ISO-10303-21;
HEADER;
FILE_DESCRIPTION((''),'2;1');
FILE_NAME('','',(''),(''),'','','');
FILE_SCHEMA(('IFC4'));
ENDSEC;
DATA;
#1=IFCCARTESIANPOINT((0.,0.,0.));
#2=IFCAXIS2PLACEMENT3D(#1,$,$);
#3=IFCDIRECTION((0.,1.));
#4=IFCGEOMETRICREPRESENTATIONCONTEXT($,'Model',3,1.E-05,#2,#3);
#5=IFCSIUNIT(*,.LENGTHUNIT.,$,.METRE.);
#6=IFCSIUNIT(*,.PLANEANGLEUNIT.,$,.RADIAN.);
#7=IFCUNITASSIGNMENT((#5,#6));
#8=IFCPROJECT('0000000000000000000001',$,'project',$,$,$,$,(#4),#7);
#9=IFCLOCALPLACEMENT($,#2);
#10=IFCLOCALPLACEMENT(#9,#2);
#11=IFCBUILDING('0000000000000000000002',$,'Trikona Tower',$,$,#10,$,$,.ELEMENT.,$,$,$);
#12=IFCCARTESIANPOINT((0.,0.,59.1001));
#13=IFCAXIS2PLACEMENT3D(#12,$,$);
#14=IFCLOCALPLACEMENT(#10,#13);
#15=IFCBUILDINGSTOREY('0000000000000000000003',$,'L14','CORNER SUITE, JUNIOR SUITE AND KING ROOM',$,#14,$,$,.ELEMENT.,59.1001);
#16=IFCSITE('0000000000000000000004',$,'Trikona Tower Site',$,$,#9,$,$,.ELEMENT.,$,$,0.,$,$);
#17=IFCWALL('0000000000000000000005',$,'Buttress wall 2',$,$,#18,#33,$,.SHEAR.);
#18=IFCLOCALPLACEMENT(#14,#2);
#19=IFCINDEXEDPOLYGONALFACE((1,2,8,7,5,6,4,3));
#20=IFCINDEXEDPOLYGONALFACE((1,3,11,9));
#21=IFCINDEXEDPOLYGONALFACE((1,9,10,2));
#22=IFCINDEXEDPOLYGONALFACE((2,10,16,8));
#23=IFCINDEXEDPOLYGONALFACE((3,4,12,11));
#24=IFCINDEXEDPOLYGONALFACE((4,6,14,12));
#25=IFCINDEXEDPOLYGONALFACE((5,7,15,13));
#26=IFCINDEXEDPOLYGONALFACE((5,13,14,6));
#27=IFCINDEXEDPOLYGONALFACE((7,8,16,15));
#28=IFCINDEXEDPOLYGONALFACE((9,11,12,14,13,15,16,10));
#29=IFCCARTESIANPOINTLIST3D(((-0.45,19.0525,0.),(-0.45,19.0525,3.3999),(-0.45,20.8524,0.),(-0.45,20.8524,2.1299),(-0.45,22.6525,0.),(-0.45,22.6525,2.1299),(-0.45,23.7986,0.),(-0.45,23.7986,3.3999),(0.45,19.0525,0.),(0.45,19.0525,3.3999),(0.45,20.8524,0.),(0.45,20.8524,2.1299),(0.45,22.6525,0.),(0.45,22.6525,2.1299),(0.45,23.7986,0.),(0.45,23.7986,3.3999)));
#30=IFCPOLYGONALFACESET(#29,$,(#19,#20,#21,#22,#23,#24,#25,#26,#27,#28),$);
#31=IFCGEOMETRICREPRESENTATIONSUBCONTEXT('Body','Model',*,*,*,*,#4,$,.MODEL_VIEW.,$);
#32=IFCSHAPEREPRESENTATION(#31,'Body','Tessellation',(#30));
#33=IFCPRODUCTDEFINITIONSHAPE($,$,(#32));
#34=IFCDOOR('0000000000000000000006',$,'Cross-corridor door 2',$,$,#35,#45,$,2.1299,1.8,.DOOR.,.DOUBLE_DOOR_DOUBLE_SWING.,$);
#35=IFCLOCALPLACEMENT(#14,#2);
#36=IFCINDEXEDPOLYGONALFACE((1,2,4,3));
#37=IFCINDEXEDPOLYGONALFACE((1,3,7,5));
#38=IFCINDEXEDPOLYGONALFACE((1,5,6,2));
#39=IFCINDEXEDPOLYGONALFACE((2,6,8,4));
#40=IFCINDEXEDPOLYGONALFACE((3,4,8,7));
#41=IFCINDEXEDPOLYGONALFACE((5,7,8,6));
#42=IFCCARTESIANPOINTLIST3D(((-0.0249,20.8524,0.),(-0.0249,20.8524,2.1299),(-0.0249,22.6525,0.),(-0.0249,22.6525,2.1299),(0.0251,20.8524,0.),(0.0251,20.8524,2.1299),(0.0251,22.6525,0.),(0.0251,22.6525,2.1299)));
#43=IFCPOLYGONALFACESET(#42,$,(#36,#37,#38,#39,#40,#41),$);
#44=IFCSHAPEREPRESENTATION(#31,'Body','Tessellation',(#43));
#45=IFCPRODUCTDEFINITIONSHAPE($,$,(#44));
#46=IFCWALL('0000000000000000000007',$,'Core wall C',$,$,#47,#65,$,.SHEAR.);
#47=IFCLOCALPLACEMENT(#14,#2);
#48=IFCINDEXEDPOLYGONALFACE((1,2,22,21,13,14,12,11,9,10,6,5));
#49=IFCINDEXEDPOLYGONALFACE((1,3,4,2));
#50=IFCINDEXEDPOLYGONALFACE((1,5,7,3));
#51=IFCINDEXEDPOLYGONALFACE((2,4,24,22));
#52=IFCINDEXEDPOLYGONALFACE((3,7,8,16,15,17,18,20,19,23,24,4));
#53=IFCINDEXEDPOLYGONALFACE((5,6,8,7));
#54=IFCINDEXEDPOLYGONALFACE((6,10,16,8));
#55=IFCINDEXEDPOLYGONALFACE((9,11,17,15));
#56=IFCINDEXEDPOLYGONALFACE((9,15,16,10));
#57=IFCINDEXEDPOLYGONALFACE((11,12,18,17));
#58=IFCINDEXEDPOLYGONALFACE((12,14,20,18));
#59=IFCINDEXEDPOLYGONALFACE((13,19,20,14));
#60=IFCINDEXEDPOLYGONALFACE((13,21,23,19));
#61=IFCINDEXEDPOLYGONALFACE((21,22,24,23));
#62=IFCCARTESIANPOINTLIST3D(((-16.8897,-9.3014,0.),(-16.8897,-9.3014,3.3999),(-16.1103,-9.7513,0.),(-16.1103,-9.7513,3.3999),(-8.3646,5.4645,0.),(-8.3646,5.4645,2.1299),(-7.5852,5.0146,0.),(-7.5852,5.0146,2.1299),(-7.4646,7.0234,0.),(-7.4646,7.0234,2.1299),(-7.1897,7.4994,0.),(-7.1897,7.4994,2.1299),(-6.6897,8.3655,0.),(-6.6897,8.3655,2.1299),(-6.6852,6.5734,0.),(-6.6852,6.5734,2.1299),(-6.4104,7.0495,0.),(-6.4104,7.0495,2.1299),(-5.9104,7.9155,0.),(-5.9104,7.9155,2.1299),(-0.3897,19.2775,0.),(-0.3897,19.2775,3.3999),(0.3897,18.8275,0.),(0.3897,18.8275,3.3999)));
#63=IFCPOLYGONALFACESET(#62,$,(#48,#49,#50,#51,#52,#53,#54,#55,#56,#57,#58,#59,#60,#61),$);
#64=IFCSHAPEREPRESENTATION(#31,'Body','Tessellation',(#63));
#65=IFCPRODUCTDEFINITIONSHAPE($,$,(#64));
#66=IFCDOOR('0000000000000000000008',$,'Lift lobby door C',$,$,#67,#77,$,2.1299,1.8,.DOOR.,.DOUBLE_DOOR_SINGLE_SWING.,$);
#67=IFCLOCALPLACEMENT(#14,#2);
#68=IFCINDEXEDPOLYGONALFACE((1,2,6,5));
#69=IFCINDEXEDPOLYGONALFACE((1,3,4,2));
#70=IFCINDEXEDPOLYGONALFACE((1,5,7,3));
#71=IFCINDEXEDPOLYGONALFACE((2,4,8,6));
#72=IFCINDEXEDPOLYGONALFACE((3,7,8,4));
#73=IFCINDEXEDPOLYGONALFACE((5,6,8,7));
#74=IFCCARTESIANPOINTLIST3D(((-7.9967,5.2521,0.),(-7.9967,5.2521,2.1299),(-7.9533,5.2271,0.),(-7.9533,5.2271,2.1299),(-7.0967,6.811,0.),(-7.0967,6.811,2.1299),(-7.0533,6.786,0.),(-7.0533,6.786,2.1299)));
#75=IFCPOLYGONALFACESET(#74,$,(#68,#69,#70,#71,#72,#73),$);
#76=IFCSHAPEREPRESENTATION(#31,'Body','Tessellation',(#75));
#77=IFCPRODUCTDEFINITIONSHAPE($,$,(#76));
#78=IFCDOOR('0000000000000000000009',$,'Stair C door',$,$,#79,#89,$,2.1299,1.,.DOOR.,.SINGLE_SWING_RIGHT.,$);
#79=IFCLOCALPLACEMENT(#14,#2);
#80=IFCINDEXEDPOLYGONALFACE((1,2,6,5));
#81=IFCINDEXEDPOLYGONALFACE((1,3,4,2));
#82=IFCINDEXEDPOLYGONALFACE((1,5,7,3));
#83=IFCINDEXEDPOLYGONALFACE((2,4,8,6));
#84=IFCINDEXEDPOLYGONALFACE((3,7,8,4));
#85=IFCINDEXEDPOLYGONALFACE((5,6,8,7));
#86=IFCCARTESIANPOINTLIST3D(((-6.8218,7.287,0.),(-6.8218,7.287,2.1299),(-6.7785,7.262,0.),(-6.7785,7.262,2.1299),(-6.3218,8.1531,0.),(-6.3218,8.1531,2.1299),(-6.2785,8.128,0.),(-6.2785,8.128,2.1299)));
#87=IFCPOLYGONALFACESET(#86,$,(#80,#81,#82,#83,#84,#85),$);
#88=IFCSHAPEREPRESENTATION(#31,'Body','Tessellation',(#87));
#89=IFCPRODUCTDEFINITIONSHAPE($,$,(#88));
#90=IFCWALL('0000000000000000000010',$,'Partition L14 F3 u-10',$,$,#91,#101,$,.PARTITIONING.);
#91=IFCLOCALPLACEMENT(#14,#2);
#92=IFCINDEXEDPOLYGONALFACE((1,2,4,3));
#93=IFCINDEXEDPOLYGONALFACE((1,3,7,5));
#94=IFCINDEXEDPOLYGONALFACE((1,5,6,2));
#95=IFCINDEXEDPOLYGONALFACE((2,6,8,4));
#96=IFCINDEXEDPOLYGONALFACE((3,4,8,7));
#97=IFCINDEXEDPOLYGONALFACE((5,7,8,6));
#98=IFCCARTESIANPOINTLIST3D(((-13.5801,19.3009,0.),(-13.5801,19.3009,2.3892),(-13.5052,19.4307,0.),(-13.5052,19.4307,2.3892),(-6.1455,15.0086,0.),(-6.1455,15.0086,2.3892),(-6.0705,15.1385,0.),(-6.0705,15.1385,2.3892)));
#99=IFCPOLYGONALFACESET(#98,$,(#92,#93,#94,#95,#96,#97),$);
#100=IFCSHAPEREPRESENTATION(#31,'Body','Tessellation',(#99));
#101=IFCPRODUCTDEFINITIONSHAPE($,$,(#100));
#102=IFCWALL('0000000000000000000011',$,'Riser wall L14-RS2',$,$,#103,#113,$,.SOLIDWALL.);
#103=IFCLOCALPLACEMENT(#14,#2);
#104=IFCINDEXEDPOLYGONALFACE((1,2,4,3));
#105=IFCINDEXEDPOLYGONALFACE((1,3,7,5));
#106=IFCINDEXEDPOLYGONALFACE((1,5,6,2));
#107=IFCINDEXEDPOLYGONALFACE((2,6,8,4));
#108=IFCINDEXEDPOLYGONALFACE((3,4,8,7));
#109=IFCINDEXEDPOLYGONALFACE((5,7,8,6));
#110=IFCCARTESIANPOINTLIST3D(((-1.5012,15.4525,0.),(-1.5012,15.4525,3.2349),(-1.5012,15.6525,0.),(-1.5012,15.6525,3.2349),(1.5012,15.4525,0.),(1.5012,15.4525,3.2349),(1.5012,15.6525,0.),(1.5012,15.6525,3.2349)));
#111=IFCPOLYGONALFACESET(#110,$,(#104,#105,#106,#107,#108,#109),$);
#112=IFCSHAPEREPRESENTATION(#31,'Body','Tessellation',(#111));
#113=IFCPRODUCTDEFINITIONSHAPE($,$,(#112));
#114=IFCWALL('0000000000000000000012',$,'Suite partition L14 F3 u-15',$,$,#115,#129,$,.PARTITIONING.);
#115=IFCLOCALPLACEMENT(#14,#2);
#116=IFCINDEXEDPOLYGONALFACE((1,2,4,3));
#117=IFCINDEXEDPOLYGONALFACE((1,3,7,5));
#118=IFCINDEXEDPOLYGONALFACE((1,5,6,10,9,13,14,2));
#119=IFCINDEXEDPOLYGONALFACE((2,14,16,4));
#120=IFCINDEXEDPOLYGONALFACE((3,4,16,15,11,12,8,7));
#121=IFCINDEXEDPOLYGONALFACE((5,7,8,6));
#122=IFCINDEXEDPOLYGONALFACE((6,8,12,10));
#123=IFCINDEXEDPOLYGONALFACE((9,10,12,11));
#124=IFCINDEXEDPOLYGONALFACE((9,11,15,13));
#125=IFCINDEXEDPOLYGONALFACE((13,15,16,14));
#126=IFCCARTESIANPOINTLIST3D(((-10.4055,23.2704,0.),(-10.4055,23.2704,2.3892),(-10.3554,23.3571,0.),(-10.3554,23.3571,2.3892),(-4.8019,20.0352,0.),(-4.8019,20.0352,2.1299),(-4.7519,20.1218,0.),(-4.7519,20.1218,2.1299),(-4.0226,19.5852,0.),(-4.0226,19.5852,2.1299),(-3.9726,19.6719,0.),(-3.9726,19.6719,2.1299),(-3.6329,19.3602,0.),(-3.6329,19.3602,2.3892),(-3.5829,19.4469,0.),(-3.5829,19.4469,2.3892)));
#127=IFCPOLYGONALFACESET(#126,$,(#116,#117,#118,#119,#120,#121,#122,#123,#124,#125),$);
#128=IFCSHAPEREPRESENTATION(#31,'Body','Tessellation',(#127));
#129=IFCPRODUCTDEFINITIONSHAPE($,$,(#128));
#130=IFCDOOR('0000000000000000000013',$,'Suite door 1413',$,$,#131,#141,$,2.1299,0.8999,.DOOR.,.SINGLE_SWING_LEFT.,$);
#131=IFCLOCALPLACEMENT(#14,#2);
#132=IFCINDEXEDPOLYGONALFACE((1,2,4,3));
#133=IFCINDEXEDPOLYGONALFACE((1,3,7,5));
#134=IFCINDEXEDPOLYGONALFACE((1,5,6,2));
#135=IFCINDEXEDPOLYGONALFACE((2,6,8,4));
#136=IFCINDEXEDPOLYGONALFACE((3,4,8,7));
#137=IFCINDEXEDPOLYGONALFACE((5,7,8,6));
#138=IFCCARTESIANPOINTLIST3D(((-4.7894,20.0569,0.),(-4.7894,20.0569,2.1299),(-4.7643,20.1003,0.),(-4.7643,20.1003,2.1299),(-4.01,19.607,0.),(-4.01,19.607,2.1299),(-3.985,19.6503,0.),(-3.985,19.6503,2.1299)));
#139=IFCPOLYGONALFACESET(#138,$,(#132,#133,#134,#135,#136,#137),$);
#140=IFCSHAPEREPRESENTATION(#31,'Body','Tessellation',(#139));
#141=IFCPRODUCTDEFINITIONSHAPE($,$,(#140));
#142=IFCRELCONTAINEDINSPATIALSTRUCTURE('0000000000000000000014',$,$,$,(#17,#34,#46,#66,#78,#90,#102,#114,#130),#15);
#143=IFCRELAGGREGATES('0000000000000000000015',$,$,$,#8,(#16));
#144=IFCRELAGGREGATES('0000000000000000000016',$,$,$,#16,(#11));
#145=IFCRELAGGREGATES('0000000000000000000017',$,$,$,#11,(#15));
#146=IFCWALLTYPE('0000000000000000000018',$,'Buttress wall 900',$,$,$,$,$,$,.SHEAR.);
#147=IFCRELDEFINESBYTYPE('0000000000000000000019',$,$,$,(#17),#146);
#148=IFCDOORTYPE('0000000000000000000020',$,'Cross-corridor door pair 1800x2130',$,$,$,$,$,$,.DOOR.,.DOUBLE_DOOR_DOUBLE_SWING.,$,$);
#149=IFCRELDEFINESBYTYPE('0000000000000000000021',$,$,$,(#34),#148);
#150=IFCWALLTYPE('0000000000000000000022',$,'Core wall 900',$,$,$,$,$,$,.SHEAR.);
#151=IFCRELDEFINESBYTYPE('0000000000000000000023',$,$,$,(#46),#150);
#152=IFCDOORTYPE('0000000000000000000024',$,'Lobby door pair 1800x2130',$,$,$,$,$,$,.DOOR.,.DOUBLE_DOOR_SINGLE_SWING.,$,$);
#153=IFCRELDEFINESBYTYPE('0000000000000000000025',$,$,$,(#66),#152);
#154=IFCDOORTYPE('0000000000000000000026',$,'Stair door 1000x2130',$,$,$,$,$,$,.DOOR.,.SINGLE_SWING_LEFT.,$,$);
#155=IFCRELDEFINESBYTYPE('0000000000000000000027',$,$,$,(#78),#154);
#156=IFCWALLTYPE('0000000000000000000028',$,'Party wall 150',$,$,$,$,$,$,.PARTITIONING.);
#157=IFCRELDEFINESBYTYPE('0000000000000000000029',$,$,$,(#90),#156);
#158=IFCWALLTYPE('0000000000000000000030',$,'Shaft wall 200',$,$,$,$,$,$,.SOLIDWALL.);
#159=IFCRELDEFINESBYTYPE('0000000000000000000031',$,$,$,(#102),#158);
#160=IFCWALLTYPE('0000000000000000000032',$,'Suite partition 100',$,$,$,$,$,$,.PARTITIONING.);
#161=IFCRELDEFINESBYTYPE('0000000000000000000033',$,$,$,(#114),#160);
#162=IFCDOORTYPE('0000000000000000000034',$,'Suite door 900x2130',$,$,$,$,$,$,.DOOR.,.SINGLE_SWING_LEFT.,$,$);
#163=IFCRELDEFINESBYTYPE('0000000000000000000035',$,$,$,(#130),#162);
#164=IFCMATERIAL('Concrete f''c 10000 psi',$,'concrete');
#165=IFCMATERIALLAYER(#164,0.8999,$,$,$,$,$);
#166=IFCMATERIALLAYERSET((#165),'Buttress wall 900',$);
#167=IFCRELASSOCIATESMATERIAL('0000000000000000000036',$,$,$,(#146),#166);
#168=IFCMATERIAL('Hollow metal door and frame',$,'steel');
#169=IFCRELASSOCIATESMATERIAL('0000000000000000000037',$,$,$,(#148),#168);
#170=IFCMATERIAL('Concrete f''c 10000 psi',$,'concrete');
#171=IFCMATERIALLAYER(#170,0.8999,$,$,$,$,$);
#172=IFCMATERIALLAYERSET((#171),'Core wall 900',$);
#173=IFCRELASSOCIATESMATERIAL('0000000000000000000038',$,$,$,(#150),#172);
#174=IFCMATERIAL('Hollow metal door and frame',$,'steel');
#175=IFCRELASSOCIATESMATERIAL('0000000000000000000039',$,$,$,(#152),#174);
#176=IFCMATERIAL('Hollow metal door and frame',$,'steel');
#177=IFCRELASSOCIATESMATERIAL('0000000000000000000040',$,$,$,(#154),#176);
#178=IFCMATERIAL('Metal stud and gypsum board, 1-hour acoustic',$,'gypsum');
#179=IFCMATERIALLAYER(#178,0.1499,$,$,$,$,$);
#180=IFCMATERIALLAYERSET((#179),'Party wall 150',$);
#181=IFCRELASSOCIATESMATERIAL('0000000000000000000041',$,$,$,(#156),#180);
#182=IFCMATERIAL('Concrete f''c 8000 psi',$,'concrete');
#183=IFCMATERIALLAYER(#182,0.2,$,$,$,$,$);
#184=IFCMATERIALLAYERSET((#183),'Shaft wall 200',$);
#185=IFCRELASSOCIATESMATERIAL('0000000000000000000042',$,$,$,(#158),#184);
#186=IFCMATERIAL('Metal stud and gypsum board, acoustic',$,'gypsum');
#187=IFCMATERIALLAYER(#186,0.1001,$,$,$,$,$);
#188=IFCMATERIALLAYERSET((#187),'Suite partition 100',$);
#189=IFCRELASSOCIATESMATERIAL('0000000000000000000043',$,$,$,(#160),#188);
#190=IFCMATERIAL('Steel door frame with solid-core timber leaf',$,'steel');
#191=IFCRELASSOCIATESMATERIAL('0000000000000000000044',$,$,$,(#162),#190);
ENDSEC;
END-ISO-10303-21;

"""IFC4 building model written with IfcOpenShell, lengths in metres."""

from ifc_helpers import new_model, si_unit, direction, frame, frame_2d, origin, place, context, subcontext, project, spatial, rectangle, extrude, material, layer, layer_set, type_object, element, fill, save


model = new_model("IFC4")

# Units and contexts
model_context = context("Model", 3, precision=1e-05, world=origin(), true_north=direction((0.0, 1.0)))
body_context = subcontext(model_context, "Body", "Model", "MODEL_VIEW")
ifc_project = project(units=[si_unit("LENGTHUNIT", "METRE"), si_unit("PLANEANGLEUNIT", "RADIAN")], contexts=[model_context])

# Site, building, storey
site_placement = place(None, origin())
site = spatial("IfcSite", under=ifc_project, at=site_placement, Name="Trikona Tower Site", CompositionType="ELEMENT", RefElevation=0.0)
building_placement = place(site_placement, origin())
building = spatial("IfcBuilding", under=site, at=building_placement, Name="Trikona Tower", CompositionType="ELEMENT")
storey_placement = place(building_placement, frame((0.0, 0.0, 59.1001)))
storey = spatial("IfcBuildingStorey", under=building, at=storey_placement, Name="L14", Description="CORNER SUITE, JUNIOR SUITE AND KING ROOM", CompositionType="ELEMENT", Elevation=59.1001)

# Wall, opening, door
ifc_material_1 = material(Name="Concrete f'c 10000 psi", Category="concrete")
ifc_layer_1 = layer(ifc_material_1, 0.8999)
ifc_layer_set_1 = layer_set([ifc_layer_1], Name="Buttress wall 900")
wall_type_1 = type_object("IfcWallType", Name="Buttress wall 900", PredefinedType="SHEAR", material=ifc_layer_set_1)
wall_1_placement = place(storey_placement, frame((0.0, 19.0525, 0.0), z_axis=(0.0, 0.0, 1.0), x_axis=(0.0, 1.0, 0.0)))
wall_1 = element("IfcWall", 1, at=wall_1_placement, inside=storey, type_object=wall_type_1, Name="Buttress wall 2", PredefinedType="SHEAR", context=body_context, shape_type="SweptSolid", body=[
    extrude(rectangle(XDim=4.7461, YDim=0.8999, at=frame_2d((2.373, 0.0))), origin(), (0.0, 0.0, 1.0), 3.3999),
])
opening_1_placement = place(wall_1_placement, frame((1.8, 0.0, 0.0)))
opening_1 = element("IfcOpeningElement", 2, at=opening_1_placement, cuts=wall_1, PredefinedType="OPENING", context=body_context, shape_type="SweptSolid", body=[
    extrude(rectangle(XDim=1.8, YDim=2.1299, at=frame_2d((0.8999, 1.0649))), frame((0.0, 0.46, 0.0), z_axis=(0.0, -1.0, 0.0), x_axis=(1.0, 0.0, 0.0)), (0.0, 0.0, 1.0), 0.9199),
])
ifc_material_2 = material(Name="Hollow metal door and frame", Category="steel")
door_type_1 = type_object("IfcDoorType", Name="Cross-corridor door pair 1800x2130", OperationType="DOUBLE_DOOR_DOUBLE_SWING", PredefinedType="DOOR", material=ifc_material_2)
door_1_placement = place(opening_1_placement, origin())
door_1 = element("IfcDoor", 3, at=door_1_placement, inside=storey, type_object=door_type_1, Name="Cross-corridor door 2", OperationType="DOUBLE_DOOR_DOUBLE_SWING", OverallHeight=2.1299, OverallWidth=1.8, PredefinedType="DOOR", context=body_context, shape_type="SweptSolid", body=[
    extrude(rectangle(XDim=1.8, YDim=2.1299, at=frame_2d((0.8999, 1.0649))), frame((0.0, 0.0249, 0.0), z_axis=(0.0, -1.0, 0.0), x_axis=(1.0, 0.0, 0.0)), (0.0, 0.0, 1.0), 0.05),
])
fill(opening_1, door_1)

# Wall, openings, doors
ifc_material_3 = material(Name="Concrete f'c 10000 psi", Category="concrete")
ifc_layer_2 = layer(ifc_material_3, 0.8999)
ifc_layer_set_2 = layer_set([ifc_layer_2], Name="Core wall 900")
wall_type_2 = type_object("IfcWallType", Name="Core wall 900", PredefinedType="SHEAR", material=ifc_layer_set_2)
wall_2_placement = place(storey_placement, frame((0.0, 19.0525, 0.0), z_axis=(0.0, 0.0, 1.0), x_axis=(-0.5, -0.866026, 0.0)))
wall_2 = element("IfcWall", 4, at=wall_2_placement, inside=storey, type_object=wall_type_2, Name="Core wall C", PredefinedType="SHEAR", context=body_context, shape_type="SweptSolid", body=[
    extrude(rectangle(XDim=33.0, YDim=0.8999, at=frame_2d((16.5, 0.0))), origin(), (0.0, 0.0, 1.0), 3.3999),
])
opening_2_placement = place(wall_2_placement, frame((14.1499, 0.0, 0.0)))
opening_2 = element("IfcOpeningElement", 5, at=opening_2_placement, cuts=wall_2, PredefinedType="OPENING", context=body_context, shape_type="SweptSolid", body=[
    extrude(rectangle(XDim=1.8, YDim=2.1299, at=frame_2d((0.8999, 1.0649))), frame((0.0, 0.46, 0.0), z_axis=(0.0, -1.0, 0.0), x_axis=(1.0, 0.0, 0.0)), (0.0, 0.0, 1.0), 0.9199),
])
opening_3_placement = place(wall_2_placement, frame((12.6001, 0.0, 0.0)))
opening_3 = element("IfcOpeningElement", 6, at=opening_3_placement, cuts=wall_2, PredefinedType="OPENING", context=body_context, shape_type="SweptSolid", body=[
    extrude(rectangle(XDim=1.0, YDim=2.1299, at=frame_2d((0.5, 1.0649))), frame((0.0, 0.46, 0.0), z_axis=(0.0, -1.0, 0.0), x_axis=(1.0, 0.0, 0.0)), (0.0, 0.0, 1.0), 0.9199),
])
ifc_material_4 = material(Name="Hollow metal door and frame", Category="steel")
door_type_2 = type_object("IfcDoorType", Name="Lobby door pair 1800x2130", OperationType="DOUBLE_DOOR_SINGLE_SWING", PredefinedType="DOOR", material=ifc_material_4)
door_2_placement = place(opening_2_placement, origin())
door_2 = element("IfcDoor", 7, at=door_2_placement, inside=storey, type_object=door_type_2, Name="Lift lobby door C", OperationType="DOUBLE_DOOR_SINGLE_SWING", OverallHeight=2.1299, OverallWidth=1.8, PredefinedType="DOOR", context=body_context, shape_type="SweptSolid", body=[
    extrude(rectangle(XDim=1.8, YDim=2.1299, at=frame_2d((0.8999, 1.0649))), frame((0.0, 0.0249, 0.0), z_axis=(0.0, -1.0, 0.0), x_axis=(1.0, 0.0, 0.0)), (0.0, 0.0, 1.0), 0.05),
])
fill(opening_2, door_2)
ifc_material_5 = material(Name="Hollow metal door and frame", Category="steel")
door_type_3 = type_object("IfcDoorType", Name="Stair door 1000x2130", OperationType="SINGLE_SWING_LEFT", PredefinedType="DOOR", material=ifc_material_5)
door_3_placement = place(opening_3_placement, origin())
door_3 = element("IfcDoor", 8, at=door_3_placement, inside=storey, type_object=door_type_3, Name="Stair C door", OperationType="SINGLE_SWING_RIGHT", OverallHeight=2.1299, OverallWidth=1.0, PredefinedType="DOOR", context=body_context, shape_type="SweptSolid", body=[
    extrude(rectangle(XDim=1.0, YDim=2.1299, at=frame_2d((0.5, 1.0649))), frame((0.0, 0.0249, 0.0), z_axis=(0.0, -1.0, 0.0), x_axis=(1.0, 0.0, 0.0)), (0.0, 0.0, 1.0), 0.05),
])
fill(opening_3, door_3)

# Walls
ifc_material_6 = material(Name="Metal stud and gypsum board, 1-hour acoustic", Category="gypsum")
ifc_layer_3 = layer(ifc_material_6, 0.1499)
ifc_layer_set_3 = layer_set([ifc_layer_3], Name="Party wall 150")
wall_type_3 = type_object("IfcWallType", Name="Party wall 150", PredefinedType="PARTITIONING", material=ifc_layer_set_3)
wall_3_placement = place(storey_placement, frame((-6.1079, 15.0735, 0.0), z_axis=(0.0, 0.0, 1.0), x_axis=(-0.866031, 0.49999, 0.0)))
element("IfcWall", 9, at=wall_3_placement, inside=storey, type_object=wall_type_3, Name="Partition L14 F3 u-10", PredefinedType="PARTITIONING", context=body_context, shape_type="SweptSolid", body=[
    extrude(rectangle(XDim=8.5847, YDim=0.1499, at=frame_2d((4.2925, 0.0))), origin(), (0.0, 0.0, 1.0), 2.3892),
])
ifc_material_7 = material(Name="Concrete f'c 8000 psi", Category="concrete")
ifc_layer_4 = layer(ifc_material_7, 0.2)
ifc_layer_set_4 = layer_set([ifc_layer_4], Name="Shaft wall 200")
wall_type_4 = type_object("IfcWallType", Name="Shaft wall 200", PredefinedType="SOLIDWALL", material=ifc_layer_set_4)
wall_4_placement = place(storey_placement, frame((-1.5012, 15.5525, 0.0), z_axis=(0.0, 0.0, 1.0), x_axis=(1.0, 0.0, 0.0)))
element("IfcWall", 10, at=wall_4_placement, inside=storey, type_object=wall_type_4, Name="Riser wall L14-RS2", PredefinedType="SOLIDWALL", context=body_context, shape_type="SweptSolid", body=[
    extrude(rectangle(XDim=3.0024, YDim=0.2, at=frame_2d((1.5012, 0.0))), origin(), (0.0, 0.0, 1.0), 3.2349),
])

# Wall, opening, door
ifc_material_8 = material(Name="Metal stud and gypsum board, acoustic", Category="gypsum")
ifc_layer_5 = layer(ifc_material_8, 0.1001)
ifc_layer_set_5 = layer_set([ifc_layer_5], Name="Suite partition 100")
wall_type_5 = type_object("IfcWallType", Name="Suite partition 100", PredefinedType="PARTITIONING", material=ifc_layer_set_5)
wall_5_placement = place(storey_placement, frame((-3.6079, 19.4036, 0.0), z_axis=(0.0, 0.0, 1.0), x_axis=(-0.866021, 0.500007, 0.0)))
wall_5 = element("IfcWall", 11, at=wall_5_placement, inside=storey, type_object=wall_type_5, Name="Suite partition L14 F3 u-15", PredefinedType="PARTITIONING", context=body_context, shape_type="SweptSolid", body=[
    extrude(rectangle(XDim=7.8203, YDim=0.1001, at=frame_2d((3.9102, 0.0))), origin(), (0.0, 0.0, 1.0), 2.3892),
])
opening_4_placement = place(wall_5_placement, frame((0.45, 0.0, 0.0)))
opening_4 = element("IfcOpeningElement", 12, at=opening_4_placement, cuts=wall_5, PredefinedType="OPENING", context=body_context, shape_type="SweptSolid", body=[
    extrude(rectangle(XDim=0.8999, YDim=2.1299, at=frame_2d((0.45, 1.0649))), frame((0.0, 0.0601, 0.0), z_axis=(0.0, -1.0, 0.0), x_axis=(1.0, 0.0, 0.0)), (0.0, 0.0, 1.0), 0.1201),
])
ifc_material_9 = material(Name="Steel door frame with solid-core timber leaf", Category="steel")
door_type_4 = type_object("IfcDoorType", Name="Suite door 900x2130", OperationType="SINGLE_SWING_LEFT", PredefinedType="DOOR", material=ifc_material_9)
door_4_placement = place(opening_4_placement, origin())
door_4 = element("IfcDoor", 13, at=door_4_placement, inside=storey, type_object=door_type_4, Name="Suite door 1413", OperationType="SINGLE_SWING_LEFT", OverallHeight=2.1299, OverallWidth=0.8999, PredefinedType="DOOR", context=body_context, shape_type="SweptSolid", body=[
    extrude(rectangle(XDim=0.8999, YDim=2.1299, at=frame_2d((0.45, 1.0649))), frame((0.0, 0.0249, 0.0), z_axis=(0.0, -1.0, 0.0), x_axis=(1.0, 0.0, 0.0)), (0.0, 0.0, 1.0), 0.05),
])
fill(opening_4, door_4)

save(model, "model.ifc")
